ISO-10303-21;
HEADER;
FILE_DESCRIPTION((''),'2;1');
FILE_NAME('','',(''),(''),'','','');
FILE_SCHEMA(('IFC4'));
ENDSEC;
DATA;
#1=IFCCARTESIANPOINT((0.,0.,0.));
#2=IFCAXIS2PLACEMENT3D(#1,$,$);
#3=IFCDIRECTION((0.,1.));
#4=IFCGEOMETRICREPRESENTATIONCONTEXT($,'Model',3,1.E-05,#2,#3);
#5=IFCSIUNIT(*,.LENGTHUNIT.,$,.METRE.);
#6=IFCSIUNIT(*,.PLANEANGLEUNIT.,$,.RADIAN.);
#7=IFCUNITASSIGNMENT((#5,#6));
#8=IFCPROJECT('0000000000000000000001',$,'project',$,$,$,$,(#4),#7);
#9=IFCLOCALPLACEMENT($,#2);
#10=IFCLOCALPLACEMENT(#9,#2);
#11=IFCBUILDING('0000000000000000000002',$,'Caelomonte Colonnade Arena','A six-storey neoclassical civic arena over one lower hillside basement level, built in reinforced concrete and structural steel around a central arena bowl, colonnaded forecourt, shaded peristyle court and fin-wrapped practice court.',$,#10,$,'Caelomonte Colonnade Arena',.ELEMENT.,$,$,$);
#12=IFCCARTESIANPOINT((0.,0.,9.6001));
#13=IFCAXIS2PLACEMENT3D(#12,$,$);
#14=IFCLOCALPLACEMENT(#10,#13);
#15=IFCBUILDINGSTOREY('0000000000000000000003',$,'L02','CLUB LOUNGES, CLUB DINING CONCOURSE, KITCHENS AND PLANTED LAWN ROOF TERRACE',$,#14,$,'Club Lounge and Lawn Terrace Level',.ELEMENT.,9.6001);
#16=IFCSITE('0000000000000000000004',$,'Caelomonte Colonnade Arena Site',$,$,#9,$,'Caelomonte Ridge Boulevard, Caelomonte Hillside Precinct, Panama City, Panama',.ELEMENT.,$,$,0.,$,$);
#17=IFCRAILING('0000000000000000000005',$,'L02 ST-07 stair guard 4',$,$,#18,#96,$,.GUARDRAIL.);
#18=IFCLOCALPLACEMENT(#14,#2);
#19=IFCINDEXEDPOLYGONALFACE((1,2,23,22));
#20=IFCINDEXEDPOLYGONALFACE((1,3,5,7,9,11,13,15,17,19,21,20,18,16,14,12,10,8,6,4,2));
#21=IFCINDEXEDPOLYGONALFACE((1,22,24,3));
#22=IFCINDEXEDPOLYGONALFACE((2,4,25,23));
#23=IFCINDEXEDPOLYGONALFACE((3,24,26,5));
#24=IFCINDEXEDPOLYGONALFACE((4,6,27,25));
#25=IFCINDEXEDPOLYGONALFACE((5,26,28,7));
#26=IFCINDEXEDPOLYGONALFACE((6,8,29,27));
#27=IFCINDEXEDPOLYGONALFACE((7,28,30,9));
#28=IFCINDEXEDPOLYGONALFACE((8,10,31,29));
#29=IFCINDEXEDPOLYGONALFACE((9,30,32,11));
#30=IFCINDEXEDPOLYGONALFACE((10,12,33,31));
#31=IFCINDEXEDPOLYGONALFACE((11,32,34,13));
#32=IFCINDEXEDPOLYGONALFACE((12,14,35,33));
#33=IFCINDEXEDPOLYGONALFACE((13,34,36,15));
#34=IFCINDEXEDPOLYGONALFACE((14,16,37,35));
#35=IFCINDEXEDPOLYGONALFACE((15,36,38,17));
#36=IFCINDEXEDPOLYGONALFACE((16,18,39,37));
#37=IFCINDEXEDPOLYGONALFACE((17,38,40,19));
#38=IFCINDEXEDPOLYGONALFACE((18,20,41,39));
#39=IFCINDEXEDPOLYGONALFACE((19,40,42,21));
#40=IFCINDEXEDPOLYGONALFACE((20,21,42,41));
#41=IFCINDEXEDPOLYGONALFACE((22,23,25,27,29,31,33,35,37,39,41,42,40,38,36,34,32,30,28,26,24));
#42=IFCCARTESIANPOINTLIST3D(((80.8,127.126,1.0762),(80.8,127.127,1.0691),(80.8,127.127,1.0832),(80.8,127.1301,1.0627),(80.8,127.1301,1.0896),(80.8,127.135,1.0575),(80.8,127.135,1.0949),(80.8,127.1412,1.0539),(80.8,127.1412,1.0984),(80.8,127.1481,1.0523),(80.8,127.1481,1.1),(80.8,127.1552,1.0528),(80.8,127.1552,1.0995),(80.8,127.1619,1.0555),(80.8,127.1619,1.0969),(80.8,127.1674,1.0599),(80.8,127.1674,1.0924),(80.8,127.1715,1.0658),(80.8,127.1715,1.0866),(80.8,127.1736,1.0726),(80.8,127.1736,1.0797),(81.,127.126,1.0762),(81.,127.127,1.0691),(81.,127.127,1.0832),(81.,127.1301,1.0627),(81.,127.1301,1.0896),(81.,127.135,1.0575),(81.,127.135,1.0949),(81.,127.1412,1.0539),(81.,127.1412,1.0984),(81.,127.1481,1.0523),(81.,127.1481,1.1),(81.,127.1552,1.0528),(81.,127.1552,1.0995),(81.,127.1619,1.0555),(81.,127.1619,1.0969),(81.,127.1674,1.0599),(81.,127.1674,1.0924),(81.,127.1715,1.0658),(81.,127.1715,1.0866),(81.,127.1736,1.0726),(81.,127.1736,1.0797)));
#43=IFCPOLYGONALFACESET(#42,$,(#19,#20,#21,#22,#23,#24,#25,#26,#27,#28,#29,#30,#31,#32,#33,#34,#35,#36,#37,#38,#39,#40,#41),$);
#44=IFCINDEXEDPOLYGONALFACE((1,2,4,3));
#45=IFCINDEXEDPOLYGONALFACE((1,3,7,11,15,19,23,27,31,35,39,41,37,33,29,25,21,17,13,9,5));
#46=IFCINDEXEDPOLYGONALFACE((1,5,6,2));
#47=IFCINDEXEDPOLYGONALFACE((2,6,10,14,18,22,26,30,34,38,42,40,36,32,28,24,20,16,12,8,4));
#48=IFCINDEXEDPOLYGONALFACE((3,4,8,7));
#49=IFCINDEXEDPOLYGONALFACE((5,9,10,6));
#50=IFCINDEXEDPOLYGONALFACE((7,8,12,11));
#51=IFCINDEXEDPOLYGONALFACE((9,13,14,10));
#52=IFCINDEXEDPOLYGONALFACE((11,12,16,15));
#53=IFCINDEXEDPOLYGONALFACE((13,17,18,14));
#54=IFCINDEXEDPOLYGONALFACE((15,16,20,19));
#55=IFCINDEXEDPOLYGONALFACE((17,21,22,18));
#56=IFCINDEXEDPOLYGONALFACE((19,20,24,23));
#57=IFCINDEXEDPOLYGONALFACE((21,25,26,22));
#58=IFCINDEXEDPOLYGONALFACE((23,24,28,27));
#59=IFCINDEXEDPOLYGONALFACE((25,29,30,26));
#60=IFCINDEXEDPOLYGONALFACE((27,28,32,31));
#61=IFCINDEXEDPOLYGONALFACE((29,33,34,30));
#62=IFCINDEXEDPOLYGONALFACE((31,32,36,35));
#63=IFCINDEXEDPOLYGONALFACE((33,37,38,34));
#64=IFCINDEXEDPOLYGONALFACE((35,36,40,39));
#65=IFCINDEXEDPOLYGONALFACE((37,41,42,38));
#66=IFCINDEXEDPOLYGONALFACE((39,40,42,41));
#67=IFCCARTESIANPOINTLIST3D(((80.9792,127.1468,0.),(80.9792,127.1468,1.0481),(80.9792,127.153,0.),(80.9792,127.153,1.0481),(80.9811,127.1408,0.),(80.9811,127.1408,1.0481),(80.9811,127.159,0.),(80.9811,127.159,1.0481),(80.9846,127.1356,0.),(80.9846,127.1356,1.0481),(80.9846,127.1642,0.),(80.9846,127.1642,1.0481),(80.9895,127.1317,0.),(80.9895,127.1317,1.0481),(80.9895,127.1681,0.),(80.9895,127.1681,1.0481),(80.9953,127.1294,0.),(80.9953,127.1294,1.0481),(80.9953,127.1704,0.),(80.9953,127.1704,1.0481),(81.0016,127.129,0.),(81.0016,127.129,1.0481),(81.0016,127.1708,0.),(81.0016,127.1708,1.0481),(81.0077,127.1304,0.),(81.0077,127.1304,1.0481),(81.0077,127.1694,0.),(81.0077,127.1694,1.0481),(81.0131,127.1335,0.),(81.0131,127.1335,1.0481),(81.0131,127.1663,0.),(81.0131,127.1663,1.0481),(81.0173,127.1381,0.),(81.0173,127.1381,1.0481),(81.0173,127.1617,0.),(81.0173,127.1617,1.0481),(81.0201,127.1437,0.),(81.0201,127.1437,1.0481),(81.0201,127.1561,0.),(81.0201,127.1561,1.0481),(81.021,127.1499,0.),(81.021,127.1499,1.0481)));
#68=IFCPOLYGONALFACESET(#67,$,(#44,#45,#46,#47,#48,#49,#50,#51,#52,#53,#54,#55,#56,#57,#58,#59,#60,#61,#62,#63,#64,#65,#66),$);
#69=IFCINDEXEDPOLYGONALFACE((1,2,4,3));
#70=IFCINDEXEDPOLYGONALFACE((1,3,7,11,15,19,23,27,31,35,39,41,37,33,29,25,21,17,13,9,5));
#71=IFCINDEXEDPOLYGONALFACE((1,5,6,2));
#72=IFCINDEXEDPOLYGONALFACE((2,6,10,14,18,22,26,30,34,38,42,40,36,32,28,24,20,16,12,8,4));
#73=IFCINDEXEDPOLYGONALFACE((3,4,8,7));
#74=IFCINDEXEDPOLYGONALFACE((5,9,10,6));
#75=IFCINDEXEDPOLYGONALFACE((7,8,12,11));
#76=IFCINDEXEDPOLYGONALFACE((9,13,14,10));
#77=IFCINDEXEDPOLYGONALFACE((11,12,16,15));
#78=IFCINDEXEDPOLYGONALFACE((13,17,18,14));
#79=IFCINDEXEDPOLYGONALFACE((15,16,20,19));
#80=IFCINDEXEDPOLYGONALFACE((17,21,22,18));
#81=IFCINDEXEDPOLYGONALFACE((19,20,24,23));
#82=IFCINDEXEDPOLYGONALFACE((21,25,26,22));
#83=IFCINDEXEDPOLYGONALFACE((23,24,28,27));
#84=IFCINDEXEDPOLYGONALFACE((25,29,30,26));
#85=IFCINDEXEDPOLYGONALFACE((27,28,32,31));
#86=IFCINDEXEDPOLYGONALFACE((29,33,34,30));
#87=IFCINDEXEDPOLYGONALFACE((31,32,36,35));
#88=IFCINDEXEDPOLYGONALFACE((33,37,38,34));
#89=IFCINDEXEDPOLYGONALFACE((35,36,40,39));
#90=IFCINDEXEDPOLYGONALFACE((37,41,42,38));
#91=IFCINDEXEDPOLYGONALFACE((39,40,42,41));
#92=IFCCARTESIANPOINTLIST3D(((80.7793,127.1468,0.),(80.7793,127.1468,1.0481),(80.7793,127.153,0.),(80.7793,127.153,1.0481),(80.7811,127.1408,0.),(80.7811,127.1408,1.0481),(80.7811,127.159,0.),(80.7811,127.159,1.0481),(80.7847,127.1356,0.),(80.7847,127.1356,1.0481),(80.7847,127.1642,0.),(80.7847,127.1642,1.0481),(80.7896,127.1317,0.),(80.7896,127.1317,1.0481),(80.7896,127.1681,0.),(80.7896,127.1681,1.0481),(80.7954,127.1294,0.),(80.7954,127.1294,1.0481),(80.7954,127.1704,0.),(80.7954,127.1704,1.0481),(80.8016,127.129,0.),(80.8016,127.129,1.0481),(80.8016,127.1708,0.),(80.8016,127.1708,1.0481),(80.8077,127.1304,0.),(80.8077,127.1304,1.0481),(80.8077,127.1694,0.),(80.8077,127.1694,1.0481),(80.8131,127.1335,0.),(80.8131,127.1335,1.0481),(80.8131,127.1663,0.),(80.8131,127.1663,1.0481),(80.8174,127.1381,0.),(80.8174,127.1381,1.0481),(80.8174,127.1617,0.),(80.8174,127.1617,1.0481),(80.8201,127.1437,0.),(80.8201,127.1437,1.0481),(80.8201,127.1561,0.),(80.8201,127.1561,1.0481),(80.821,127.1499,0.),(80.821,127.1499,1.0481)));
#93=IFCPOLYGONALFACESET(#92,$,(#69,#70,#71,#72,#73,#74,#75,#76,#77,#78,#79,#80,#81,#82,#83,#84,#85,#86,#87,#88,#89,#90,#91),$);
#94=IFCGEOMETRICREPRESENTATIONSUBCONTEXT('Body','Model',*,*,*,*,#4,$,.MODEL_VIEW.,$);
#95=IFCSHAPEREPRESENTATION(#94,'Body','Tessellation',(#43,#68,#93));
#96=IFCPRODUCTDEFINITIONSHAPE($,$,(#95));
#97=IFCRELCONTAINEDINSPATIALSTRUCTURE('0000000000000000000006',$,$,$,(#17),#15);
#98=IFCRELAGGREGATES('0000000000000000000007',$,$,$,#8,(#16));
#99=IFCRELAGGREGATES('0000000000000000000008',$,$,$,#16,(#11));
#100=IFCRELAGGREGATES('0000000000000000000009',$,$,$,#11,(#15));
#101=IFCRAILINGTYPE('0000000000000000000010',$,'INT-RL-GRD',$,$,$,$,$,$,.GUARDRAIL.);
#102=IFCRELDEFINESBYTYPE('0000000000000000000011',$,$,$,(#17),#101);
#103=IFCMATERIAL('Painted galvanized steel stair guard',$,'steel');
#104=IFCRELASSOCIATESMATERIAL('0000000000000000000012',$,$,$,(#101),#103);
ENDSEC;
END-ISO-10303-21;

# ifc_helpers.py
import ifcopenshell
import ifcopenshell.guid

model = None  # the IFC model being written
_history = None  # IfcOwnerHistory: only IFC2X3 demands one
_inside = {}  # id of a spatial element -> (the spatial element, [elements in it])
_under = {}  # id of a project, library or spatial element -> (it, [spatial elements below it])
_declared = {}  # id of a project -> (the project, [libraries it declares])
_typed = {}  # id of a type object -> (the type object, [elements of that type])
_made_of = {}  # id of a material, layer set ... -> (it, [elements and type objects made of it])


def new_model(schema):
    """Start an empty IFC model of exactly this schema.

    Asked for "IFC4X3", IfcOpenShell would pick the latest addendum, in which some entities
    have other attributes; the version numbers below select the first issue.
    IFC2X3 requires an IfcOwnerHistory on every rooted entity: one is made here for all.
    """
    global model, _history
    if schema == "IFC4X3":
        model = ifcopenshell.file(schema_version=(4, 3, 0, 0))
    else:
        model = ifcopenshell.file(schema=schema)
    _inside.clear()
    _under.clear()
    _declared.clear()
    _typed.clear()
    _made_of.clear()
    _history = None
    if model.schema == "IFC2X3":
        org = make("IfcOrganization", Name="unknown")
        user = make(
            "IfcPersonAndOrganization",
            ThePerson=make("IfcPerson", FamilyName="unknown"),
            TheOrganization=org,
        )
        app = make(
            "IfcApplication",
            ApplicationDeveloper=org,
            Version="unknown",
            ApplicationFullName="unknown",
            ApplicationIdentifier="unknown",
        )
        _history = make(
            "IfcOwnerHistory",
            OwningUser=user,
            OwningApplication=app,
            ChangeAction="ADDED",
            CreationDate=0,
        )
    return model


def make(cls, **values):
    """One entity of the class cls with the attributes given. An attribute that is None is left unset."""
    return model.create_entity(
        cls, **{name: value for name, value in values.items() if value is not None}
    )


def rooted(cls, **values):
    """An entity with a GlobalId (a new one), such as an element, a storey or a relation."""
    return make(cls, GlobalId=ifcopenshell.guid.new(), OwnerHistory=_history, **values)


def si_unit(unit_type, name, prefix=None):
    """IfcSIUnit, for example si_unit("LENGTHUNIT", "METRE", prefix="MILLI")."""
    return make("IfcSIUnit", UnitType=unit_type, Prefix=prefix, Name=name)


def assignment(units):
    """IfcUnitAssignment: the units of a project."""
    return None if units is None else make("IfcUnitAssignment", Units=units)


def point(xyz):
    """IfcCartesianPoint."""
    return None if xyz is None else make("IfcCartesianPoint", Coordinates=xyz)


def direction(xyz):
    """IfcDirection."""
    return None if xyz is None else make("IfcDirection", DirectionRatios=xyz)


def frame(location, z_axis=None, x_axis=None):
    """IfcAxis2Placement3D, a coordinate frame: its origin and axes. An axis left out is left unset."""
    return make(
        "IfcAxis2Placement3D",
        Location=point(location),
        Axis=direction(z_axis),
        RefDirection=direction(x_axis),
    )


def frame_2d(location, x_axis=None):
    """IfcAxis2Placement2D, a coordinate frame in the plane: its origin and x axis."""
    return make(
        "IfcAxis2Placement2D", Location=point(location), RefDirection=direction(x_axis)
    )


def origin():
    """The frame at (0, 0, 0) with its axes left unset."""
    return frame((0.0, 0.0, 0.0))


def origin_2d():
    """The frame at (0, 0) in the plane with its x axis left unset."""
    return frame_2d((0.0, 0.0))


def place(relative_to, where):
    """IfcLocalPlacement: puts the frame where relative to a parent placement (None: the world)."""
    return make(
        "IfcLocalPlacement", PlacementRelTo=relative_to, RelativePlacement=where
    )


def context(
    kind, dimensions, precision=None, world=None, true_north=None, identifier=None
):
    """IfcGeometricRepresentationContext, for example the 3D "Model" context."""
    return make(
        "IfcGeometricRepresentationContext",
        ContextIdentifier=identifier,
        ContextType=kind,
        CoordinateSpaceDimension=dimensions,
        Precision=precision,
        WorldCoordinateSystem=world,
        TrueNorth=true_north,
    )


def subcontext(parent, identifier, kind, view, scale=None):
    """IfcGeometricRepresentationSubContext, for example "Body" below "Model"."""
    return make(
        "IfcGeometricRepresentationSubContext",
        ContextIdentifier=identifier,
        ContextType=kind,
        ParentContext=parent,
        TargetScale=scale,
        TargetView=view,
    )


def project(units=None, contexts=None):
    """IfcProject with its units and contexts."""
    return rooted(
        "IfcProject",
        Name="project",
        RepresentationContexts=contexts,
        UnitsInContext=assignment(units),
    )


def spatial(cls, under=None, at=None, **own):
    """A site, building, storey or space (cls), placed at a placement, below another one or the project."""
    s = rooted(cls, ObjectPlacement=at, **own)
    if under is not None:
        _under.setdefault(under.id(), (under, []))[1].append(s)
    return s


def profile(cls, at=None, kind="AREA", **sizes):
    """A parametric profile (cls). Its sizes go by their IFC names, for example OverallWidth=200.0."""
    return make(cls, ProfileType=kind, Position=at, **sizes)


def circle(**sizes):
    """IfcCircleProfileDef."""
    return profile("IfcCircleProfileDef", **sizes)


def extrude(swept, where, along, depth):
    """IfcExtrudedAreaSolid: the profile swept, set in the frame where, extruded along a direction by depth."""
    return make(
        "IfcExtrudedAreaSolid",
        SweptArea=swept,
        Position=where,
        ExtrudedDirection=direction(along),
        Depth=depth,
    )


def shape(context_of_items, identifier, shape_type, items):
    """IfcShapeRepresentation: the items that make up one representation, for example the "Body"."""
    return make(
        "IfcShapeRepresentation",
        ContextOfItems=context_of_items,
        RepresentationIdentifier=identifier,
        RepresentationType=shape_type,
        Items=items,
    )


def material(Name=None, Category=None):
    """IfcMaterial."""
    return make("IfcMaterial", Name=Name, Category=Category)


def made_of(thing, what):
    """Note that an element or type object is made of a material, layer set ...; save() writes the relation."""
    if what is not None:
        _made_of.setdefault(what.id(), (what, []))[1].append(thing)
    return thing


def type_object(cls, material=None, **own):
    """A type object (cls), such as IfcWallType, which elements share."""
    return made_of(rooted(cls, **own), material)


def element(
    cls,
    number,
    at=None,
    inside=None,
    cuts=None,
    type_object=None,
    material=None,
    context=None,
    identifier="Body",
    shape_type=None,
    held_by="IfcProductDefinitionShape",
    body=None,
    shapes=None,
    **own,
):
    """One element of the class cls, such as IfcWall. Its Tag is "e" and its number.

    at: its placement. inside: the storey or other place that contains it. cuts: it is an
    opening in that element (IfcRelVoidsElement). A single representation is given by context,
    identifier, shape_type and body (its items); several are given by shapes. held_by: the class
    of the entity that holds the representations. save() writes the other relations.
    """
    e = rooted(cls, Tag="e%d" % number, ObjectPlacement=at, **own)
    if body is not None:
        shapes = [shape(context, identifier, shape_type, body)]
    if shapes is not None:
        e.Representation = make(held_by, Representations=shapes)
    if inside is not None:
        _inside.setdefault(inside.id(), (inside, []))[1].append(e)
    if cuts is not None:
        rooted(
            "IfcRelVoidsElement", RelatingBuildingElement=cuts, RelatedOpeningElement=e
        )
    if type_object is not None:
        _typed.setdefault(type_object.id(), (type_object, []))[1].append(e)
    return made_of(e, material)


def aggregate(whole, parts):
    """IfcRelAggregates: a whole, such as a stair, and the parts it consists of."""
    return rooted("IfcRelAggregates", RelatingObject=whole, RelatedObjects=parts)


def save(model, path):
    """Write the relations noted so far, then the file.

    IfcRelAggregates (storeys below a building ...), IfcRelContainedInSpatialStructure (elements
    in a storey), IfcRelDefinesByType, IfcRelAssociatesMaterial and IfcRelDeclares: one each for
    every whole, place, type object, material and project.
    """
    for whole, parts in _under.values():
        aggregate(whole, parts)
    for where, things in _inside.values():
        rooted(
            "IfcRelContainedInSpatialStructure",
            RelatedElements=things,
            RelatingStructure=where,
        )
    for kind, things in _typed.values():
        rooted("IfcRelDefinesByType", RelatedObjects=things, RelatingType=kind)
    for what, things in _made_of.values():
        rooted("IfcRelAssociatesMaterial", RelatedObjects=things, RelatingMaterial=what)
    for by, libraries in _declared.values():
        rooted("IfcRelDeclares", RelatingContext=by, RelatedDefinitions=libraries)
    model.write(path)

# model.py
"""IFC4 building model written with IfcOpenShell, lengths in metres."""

from ifc_helpers import new_model, si_unit, direction, frame, origin, origin_2d, place, context, subcontext, project, spatial, circle, extrude, material, type_object, element, save


model = new_model("IFC4")

# Units and contexts
model_context = context("Model", 3, precision=1e-05, world=origin(), true_north=direction((0.0, 1.0)))
body_context = subcontext(model_context, "Body", "Model", "MODEL_VIEW")
ifc_project = project(units=[si_unit("LENGTHUNIT", "METRE"), si_unit("PLANEANGLEUNIT", "RADIAN")], contexts=[model_context])

# Site, building, storey
site_placement = place(None, origin())
site = spatial("IfcSite", under=ifc_project, at=site_placement, Name="Caelomonte Colonnade Arena Site", LongName="Caelomonte Ridge Boulevard, Caelomonte Hillside Precinct, Panama City, Panama", CompositionType="ELEMENT", RefElevation=0.0)
building_placement = place(site_placement, origin())
building = spatial("IfcBuilding", under=site, at=building_placement, Name="Caelomonte Colonnade Arena", Description="A six-storey neoclassical civic arena over one lower hillside basement level, built in reinforced concrete and structural steel around a central arena bowl, colonnaded forecourt, shaded peristyle court and fin-wrapped practice court.", LongName="Caelomonte Colonnade Arena", CompositionType="ELEMENT")
storey_placement = place(building_placement, frame((0.0, 0.0, 9.6001)))
storey = spatial("IfcBuildingStorey", under=building, at=storey_placement, Name="L02", Description="CLUB LOUNGES, CLUB DINING CONCOURSE, KITCHENS AND PLANTED LAWN ROOF TERRACE", LongName="Club Lounge and Lawn Terrace Level", CompositionType="ELEMENT", Elevation=9.6001)

# Railing
ifc_material_1 = material(Name="Painted galvanized steel stair guard", Category="steel")
railing_type_1 = type_object("IfcRailingType", Name="INT-RL-GRD", PredefinedType="GUARDRAIL", material=ifc_material_1)
railing_1_placement = place(storey_placement, frame((81.0, 127.1499, 0.0)))
element("IfcRailing", 1, at=railing_1_placement, inside=storey, type_object=railing_type_1, Name="L02 ST-07 stair guard 4", PredefinedType="GUARDRAIL", context=body_context, shape_type="SweptSolid", body=[
    extrude(circle(Radius=0.0239, at=origin_2d()), frame((0.0, 0.0, 1.0762), z_axis=(-1.0, 0.0, 0.0), x_axis=(0.0, -1.0, 0.0)), (0.0, 0.0, 1.0), 0.2),
    extrude(circle(Radius=0.021, at=origin_2d()), origin(), (0.0, 0.0, 1.0), 1.0481),
    extrude(circle(Radius=0.021, at=origin_2d()), frame((-0.2, 0.0, 0.0)), (0.0, 0.0, 1.0), 1.0481),
])

save(model, "model.ifc")
